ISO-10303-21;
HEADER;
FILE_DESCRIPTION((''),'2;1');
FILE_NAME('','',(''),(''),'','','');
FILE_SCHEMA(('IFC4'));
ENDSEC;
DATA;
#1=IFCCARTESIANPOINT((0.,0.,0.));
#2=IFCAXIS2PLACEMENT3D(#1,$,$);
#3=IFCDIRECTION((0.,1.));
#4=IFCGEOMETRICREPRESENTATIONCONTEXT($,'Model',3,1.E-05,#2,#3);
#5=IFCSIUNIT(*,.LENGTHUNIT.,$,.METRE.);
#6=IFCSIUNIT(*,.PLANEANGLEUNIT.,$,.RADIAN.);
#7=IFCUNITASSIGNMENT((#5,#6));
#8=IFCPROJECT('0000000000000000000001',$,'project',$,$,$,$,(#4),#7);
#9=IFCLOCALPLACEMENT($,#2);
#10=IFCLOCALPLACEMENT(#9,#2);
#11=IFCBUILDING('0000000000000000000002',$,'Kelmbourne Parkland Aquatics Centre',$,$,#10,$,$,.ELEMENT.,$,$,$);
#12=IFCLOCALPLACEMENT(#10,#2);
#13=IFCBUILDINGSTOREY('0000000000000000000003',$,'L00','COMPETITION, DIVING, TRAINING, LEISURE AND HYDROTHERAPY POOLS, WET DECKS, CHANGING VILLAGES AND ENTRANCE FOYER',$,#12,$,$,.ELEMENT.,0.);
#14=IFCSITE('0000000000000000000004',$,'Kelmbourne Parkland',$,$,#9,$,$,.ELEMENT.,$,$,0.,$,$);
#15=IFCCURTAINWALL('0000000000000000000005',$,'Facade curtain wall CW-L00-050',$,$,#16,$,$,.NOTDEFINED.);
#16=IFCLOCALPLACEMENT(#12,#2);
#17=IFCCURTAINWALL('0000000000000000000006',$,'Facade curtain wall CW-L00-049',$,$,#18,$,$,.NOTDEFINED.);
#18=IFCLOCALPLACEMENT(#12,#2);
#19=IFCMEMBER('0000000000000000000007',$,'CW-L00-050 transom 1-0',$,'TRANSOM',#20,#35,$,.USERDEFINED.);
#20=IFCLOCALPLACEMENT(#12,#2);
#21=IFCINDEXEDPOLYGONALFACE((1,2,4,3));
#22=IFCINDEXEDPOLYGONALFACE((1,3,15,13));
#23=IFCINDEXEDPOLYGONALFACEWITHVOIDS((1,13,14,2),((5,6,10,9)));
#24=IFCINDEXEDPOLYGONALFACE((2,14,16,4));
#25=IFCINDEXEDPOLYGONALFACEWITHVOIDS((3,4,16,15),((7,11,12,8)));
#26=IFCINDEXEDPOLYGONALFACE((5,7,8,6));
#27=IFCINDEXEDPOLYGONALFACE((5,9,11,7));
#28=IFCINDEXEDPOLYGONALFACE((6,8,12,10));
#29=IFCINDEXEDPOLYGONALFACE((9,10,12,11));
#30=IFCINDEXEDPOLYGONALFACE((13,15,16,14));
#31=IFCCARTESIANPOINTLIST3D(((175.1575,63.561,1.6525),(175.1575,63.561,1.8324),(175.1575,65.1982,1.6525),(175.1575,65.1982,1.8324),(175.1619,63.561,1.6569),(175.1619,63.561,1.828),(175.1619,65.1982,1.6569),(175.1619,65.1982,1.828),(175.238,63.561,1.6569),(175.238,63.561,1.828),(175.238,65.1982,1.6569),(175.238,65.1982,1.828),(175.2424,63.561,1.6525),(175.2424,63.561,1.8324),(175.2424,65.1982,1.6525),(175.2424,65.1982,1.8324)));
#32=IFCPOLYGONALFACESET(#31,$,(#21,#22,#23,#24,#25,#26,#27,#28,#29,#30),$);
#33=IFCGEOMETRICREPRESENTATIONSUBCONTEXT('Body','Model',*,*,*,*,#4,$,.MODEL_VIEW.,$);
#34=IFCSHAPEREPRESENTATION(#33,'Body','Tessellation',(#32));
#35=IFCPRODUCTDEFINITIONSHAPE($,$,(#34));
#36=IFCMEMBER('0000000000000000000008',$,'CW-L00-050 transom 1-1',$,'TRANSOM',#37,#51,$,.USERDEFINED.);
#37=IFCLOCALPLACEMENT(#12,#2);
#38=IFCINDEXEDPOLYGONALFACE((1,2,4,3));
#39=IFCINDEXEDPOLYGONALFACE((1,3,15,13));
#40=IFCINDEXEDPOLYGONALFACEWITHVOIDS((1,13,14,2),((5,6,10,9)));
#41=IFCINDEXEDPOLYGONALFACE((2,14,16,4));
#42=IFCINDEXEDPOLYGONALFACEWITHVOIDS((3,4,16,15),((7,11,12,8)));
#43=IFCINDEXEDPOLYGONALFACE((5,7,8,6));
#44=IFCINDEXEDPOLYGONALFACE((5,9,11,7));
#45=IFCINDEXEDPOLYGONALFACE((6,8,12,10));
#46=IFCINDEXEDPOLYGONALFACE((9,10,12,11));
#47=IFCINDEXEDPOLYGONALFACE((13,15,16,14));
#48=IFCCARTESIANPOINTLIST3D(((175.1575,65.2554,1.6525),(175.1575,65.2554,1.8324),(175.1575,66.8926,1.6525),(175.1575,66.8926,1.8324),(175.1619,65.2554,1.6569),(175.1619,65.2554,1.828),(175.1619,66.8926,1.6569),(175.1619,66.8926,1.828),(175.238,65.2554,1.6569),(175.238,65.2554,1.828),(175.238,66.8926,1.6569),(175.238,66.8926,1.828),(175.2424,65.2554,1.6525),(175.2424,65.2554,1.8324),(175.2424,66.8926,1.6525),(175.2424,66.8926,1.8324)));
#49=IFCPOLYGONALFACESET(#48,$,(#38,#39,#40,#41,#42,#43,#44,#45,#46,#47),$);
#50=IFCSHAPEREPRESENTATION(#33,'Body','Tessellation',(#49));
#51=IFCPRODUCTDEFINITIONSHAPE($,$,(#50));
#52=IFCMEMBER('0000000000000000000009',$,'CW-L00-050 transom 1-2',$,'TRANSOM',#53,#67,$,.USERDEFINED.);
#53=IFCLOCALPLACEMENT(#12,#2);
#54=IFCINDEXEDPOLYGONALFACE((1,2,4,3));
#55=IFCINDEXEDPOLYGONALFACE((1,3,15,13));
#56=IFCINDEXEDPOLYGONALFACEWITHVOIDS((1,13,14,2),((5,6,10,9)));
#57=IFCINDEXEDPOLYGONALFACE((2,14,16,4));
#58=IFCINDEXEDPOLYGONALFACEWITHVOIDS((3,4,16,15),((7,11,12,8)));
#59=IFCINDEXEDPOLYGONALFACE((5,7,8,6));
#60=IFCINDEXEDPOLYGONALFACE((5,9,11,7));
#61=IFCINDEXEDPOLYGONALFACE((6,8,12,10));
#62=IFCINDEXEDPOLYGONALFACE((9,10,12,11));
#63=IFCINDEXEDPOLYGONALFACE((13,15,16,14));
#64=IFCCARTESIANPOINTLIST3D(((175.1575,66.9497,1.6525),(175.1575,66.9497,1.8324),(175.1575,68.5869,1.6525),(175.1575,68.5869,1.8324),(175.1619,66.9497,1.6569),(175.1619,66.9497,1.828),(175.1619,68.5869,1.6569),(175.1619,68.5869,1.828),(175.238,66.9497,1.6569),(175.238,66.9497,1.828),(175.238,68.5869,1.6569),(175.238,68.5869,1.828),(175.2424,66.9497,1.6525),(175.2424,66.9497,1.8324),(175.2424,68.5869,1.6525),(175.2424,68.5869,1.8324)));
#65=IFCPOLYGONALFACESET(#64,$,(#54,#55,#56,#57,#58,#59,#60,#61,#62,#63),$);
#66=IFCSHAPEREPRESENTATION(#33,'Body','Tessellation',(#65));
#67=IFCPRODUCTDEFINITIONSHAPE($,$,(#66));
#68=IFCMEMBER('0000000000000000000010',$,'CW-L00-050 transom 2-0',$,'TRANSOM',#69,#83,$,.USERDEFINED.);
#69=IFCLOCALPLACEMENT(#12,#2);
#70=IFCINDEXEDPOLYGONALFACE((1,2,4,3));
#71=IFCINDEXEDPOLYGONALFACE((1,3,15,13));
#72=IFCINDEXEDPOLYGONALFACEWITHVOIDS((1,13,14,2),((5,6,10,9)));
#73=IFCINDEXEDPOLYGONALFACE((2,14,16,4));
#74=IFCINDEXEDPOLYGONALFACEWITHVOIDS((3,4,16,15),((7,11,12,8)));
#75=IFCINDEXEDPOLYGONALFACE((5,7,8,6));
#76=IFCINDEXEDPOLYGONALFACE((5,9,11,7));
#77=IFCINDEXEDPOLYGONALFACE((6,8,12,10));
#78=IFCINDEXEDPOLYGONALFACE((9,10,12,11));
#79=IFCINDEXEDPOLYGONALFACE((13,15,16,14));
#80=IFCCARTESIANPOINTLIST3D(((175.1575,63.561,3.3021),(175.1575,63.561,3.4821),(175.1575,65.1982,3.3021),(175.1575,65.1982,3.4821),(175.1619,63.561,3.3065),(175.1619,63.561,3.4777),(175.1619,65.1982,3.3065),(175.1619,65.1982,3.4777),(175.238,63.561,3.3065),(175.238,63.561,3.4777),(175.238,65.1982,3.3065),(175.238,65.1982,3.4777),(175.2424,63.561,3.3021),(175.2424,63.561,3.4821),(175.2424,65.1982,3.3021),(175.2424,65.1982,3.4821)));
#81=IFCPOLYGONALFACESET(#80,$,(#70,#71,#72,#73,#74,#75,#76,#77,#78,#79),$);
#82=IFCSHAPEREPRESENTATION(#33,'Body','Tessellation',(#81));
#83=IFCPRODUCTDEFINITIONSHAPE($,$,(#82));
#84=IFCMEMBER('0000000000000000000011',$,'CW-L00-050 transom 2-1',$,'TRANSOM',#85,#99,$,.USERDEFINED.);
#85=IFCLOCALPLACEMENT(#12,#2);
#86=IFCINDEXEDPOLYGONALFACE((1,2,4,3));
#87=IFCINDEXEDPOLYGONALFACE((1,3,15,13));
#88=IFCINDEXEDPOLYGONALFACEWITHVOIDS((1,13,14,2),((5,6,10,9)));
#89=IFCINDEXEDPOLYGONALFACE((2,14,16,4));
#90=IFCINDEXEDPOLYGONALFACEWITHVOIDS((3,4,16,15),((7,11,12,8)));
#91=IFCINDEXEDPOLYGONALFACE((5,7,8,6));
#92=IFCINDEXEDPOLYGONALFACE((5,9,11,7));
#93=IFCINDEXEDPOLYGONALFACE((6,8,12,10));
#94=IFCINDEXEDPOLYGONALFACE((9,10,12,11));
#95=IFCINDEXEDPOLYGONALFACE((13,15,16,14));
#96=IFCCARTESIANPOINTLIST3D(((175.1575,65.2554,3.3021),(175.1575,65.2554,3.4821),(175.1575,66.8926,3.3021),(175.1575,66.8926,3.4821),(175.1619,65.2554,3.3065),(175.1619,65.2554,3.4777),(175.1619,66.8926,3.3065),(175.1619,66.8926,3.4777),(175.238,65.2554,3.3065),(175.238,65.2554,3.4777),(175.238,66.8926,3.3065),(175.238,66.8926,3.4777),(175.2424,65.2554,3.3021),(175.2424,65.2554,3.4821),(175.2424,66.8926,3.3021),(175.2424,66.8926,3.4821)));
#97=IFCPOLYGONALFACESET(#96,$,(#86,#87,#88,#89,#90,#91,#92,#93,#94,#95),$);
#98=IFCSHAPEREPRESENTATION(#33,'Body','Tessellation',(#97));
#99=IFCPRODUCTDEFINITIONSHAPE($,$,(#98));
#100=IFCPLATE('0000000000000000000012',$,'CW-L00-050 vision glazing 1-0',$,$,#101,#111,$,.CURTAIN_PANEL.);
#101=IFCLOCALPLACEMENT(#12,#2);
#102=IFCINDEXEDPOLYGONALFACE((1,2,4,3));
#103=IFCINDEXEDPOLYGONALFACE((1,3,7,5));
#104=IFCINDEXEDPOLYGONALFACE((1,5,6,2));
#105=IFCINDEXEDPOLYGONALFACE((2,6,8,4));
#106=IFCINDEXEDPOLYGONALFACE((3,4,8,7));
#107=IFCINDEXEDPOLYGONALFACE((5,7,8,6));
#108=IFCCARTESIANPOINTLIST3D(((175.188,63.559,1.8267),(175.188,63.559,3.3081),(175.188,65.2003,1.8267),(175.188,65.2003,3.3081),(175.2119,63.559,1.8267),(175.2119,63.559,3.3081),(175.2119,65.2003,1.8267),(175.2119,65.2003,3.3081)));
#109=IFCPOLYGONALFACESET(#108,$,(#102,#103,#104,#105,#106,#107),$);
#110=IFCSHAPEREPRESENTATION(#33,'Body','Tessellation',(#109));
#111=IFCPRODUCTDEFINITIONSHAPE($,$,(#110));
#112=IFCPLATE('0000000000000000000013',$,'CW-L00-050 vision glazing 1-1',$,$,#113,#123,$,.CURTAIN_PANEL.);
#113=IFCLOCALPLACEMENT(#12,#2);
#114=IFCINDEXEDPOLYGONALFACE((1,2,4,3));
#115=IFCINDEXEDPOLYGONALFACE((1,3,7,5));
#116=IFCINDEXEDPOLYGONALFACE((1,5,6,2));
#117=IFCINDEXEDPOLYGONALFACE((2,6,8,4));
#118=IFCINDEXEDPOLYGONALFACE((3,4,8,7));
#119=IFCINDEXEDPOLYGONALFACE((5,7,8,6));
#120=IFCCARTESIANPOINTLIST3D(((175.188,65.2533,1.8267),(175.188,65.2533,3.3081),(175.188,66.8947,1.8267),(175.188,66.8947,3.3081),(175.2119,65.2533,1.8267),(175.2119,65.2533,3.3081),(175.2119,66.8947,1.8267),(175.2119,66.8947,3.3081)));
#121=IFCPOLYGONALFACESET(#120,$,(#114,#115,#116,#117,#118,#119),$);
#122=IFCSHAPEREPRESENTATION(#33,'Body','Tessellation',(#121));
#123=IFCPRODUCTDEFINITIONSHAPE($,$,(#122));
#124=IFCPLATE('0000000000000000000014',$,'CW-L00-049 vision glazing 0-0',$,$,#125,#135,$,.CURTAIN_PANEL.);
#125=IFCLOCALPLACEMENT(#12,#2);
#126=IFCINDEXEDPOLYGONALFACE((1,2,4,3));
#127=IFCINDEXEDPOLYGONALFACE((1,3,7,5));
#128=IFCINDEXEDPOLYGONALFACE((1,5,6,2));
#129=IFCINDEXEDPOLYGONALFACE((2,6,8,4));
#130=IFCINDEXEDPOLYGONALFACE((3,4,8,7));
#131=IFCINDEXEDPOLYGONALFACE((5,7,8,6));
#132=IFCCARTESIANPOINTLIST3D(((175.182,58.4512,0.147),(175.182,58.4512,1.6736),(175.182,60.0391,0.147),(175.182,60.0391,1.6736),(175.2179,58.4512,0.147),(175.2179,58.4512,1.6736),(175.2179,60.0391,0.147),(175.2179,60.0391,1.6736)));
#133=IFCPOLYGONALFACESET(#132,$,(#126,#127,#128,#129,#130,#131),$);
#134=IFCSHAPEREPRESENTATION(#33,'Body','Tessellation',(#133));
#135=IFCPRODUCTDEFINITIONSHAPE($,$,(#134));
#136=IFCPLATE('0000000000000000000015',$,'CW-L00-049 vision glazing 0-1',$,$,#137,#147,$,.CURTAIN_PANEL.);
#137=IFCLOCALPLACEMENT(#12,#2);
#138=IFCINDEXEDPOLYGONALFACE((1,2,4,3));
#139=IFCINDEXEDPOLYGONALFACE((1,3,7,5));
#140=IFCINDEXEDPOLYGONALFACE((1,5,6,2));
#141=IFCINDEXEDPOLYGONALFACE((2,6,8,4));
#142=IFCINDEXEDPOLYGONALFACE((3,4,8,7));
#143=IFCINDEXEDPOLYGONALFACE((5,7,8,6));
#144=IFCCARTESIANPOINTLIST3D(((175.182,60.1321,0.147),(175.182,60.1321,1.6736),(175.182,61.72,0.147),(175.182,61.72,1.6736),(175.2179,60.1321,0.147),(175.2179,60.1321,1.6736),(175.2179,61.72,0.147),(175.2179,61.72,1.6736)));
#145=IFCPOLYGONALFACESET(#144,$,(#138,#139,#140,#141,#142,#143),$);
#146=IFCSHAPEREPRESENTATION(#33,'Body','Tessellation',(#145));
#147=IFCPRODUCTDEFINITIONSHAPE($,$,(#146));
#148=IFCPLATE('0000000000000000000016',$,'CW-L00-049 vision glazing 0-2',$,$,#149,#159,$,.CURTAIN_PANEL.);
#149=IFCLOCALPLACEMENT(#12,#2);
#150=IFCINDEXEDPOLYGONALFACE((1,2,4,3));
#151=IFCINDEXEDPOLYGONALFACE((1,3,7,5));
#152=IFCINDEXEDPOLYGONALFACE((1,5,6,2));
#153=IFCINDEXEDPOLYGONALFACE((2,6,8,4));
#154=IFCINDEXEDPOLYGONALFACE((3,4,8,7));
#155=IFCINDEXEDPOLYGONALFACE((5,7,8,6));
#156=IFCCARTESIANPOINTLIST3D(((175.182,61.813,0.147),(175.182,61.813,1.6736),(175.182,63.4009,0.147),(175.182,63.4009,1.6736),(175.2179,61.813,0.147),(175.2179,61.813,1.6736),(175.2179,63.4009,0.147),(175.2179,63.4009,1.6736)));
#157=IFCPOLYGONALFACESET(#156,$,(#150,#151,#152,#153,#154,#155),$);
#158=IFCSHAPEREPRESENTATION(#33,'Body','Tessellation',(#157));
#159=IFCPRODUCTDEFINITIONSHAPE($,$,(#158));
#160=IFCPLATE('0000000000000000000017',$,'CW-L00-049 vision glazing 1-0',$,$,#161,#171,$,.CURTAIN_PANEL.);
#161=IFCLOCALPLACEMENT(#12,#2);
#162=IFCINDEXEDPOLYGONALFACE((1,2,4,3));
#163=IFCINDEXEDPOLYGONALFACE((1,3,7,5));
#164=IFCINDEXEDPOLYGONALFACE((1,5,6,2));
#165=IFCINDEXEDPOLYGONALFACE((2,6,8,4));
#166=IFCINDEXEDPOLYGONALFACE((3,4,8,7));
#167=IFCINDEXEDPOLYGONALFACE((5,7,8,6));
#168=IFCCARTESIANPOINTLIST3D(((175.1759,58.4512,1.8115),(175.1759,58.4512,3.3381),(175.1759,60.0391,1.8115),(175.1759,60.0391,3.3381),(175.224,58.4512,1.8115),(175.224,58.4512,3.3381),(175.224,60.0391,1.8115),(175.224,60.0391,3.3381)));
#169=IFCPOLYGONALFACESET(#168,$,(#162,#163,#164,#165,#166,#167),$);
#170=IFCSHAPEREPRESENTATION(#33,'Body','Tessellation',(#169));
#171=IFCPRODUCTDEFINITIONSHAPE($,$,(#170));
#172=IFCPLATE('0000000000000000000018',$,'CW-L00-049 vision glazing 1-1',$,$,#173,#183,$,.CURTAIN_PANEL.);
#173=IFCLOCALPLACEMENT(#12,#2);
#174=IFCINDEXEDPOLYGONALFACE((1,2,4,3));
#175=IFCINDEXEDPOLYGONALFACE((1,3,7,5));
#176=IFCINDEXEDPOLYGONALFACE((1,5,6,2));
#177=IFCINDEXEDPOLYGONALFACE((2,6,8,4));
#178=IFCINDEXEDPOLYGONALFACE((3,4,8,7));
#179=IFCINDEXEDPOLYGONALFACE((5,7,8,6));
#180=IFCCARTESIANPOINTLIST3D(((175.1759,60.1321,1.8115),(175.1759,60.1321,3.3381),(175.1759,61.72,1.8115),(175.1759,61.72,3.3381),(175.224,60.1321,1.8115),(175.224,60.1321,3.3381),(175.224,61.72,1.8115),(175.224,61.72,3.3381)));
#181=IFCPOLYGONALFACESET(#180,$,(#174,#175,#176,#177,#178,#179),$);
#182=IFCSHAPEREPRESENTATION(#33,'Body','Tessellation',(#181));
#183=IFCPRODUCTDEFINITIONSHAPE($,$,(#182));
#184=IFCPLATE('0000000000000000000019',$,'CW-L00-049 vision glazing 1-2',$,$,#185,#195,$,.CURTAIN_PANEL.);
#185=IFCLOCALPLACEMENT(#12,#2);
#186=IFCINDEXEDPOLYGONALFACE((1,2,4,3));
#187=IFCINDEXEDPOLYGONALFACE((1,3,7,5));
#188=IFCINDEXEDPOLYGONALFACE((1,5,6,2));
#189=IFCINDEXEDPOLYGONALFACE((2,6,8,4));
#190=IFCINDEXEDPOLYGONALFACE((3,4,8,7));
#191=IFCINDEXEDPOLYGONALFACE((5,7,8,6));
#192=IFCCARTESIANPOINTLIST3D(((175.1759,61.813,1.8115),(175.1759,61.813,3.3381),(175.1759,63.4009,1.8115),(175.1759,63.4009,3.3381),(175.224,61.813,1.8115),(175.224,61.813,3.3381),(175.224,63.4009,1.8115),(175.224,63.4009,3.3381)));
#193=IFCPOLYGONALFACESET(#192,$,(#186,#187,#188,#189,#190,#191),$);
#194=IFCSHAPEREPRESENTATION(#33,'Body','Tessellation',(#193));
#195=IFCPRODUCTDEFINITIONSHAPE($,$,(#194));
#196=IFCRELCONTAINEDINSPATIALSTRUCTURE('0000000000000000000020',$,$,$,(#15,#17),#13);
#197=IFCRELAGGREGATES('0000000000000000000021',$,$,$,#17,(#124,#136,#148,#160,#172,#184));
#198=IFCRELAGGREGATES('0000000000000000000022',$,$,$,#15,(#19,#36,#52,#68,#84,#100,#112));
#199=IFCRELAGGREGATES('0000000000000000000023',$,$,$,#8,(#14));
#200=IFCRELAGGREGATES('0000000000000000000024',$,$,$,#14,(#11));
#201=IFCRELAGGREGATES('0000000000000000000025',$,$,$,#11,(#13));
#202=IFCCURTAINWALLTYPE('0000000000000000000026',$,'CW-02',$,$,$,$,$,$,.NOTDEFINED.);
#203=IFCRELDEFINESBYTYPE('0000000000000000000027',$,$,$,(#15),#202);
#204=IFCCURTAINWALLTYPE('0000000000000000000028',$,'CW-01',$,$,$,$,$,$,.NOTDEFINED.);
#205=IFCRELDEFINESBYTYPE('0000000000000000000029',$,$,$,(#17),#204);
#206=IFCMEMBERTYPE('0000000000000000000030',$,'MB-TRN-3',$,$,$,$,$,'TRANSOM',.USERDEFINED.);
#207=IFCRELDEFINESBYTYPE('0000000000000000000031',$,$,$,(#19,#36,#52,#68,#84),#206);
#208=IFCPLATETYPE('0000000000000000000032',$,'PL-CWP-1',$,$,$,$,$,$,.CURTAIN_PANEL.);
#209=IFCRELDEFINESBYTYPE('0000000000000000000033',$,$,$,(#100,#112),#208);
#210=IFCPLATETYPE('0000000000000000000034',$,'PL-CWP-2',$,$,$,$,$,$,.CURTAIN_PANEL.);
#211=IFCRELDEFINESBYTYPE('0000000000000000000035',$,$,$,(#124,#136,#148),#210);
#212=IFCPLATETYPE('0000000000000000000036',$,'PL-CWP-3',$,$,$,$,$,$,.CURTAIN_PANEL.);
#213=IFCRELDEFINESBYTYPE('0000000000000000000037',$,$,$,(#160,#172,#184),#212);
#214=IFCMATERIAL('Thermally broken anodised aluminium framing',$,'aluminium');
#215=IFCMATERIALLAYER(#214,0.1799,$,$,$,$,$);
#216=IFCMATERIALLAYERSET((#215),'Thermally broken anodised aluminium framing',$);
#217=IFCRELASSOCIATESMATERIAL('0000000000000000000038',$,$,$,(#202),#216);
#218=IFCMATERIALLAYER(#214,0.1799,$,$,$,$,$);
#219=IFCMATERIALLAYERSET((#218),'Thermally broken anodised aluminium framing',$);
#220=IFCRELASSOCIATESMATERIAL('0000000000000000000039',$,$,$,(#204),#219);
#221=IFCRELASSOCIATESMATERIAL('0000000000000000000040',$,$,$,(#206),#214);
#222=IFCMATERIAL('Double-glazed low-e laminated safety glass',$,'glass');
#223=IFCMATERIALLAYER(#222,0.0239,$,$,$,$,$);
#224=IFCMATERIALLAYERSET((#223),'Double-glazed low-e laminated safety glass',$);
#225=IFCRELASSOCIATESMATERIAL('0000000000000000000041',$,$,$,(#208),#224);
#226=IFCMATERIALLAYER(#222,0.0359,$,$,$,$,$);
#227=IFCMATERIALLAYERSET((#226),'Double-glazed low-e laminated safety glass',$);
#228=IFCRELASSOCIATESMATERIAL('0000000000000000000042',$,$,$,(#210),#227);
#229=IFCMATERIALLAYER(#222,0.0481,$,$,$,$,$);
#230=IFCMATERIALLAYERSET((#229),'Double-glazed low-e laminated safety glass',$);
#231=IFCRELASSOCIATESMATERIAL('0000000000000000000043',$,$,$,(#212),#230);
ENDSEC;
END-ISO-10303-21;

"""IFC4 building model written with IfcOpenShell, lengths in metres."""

from ifc_helpers import new_model, si_unit, direction, frame, origin, origin_2d, place, context, subcontext, project, spatial, rectangle, hollow_rectangle, extrude, material, layer, layer_set, material_profile, profile_set, type_object, element, aggregate, save


model = new_model("IFC4")

# Units and contexts
model_context = context("Model", 3, precision=1e-05, world=origin(), true_north=direction((0.0, 1.0)))
body_context = subcontext(model_context, "Body", "Model", "MODEL_VIEW")
ifc_project = project(units=[si_unit("LENGTHUNIT", "METRE"), si_unit("PLANEANGLEUNIT", "RADIAN")], contexts=[model_context])

# Site, building, storey
site_placement = place(None, origin())
site = spatial("IfcSite", under=ifc_project, at=site_placement, Name="Kelmbourne Parkland", CompositionType="ELEMENT", RefElevation=0.0)
building_placement = place(site_placement, origin())
building = spatial("IfcBuilding", under=site, at=building_placement, Name="Kelmbourne Parkland Aquatics Centre", CompositionType="ELEMENT")
storey_placement = place(building_placement, origin())
storey = spatial("IfcBuildingStorey", under=building, at=storey_placement, Name="L00", Description="COMPETITION, DIVING, TRAINING, LEISURE AND HYDROTHERAPY POOLS, WET DECKS, CHANGING VILLAGES AND ENTRANCE FOYER", CompositionType="ELEMENT", Elevation=0.0)

# Curtain walls
ifc_material_1 = material(Name="Thermally broken anodised aluminium framing", Category="aluminium")
ifc_layer_1 = layer(ifc_material_1, 0.1799)
ifc_layer_set_1 = layer_set([ifc_layer_1], Name="Thermally broken anodised aluminium framing")
curtain_wall_type_1 = type_object("IfcCurtainWallType", Name="CW-02", PredefinedType="NOTDEFINED", material=ifc_layer_set_1)
curtain_wall_1_placement = place(storey_placement, origin())
curtain_wall_1 = element("IfcCurtainWall", 1, at=curtain_wall_1_placement, inside=storey, type_object=curtain_wall_type_1, Name="Facade curtain wall CW-L00-050", PredefinedType="NOTDEFINED")
ifc_layer_2 = layer(ifc_material_1, 0.1799)
ifc_layer_set_2 = layer_set([ifc_layer_2], Name="Thermally broken anodised aluminium framing")
curtain_wall_type_2 = type_object("IfcCurtainWallType", Name="CW-01", PredefinedType="NOTDEFINED", material=ifc_layer_set_2)
curtain_wall_2_placement = place(storey_placement, origin())
curtain_wall_2 = element("IfcCurtainWall", 2, at=curtain_wall_2_placement, inside=storey, type_object=curtain_wall_type_2, Name="Facade curtain wall CW-L00-049", PredefinedType="NOTDEFINED")

# Members
ifc_material_profile_1 = material_profile(ifc_material_1, hollow_rectangle(XDim=0.085, YDim=0.1799, WallThickness=0.0044, at=origin_2d()), Name="CW-T 85x180")
ifc_profile_set_1 = profile_set([ifc_material_profile_1], Name="Thermally broken anodised aluminium framing")
member_type_1 = type_object("IfcMemberType", Name="MB-TRN-3", ElementType="TRANSOM", PredefinedType="USERDEFINED", material=ifc_profile_set_1)
member_1_placement = place(storey_placement, frame((175.2, 63.561, 1.7424), z_axis=(0.0, 1.0, 0.0), x_axis=(-1.0, 0.0, 0.0)))
member_1 = element("IfcMember", 3, at=member_1_placement, type_object=member_type_1, Name="CW-L00-050 transom 1-0", ObjectType="TRANSOM", PredefinedType="USERDEFINED", context=body_context, shape_type="SweptSolid", body=[
    extrude(hollow_rectangle(XDim=0.085, YDim=0.1799, WallThickness=0.0044, at=origin_2d()), origin(), (0.0, 0.0, 1.0), 1.6372),
])
member_2_placement = place(storey_placement, frame((175.2, 65.2554, 1.7424), z_axis=(0.0, 1.0, 0.0), x_axis=(-1.0, 0.0, 0.0)))
member_2 = element("IfcMember", 4, at=member_2_placement, type_object=member_type_1, Name="CW-L00-050 transom 1-1", ObjectType="TRANSOM", PredefinedType="USERDEFINED", context=body_context, shape_type="SweptSolid", body=[
    extrude(hollow_rectangle(XDim=0.085, YDim=0.1799, WallThickness=0.0044, at=origin_2d()), origin(), (0.0, 0.0, 1.0), 1.6372),
])
member_3_placement = place(storey_placement, frame((175.2, 66.9497, 1.7424), z_axis=(0.0, 1.0, 0.0), x_axis=(-1.0, 0.0, 0.0)))
member_3 = element("IfcMember", 5, at=member_3_placement, type_object=member_type_1, Name="CW-L00-050 transom 1-2", ObjectType="TRANSOM", PredefinedType="USERDEFINED", context=body_context, shape_type="SweptSolid", body=[
    extrude(hollow_rectangle(XDim=0.085, YDim=0.1799, WallThickness=0.0044, at=origin_2d()), origin(), (0.0, 0.0, 1.0), 1.6372),
])
member_4_placement = place(storey_placement, frame((175.2, 63.561, 3.3921), z_axis=(0.0, 1.0, 0.0), x_axis=(-1.0, 0.0, 0.0)))
member_4 = element("IfcMember", 6, at=member_4_placement, type_object=member_type_1, Name="CW-L00-050 transom 2-0", ObjectType="TRANSOM", PredefinedType="USERDEFINED", context=body_context, shape_type="SweptSolid", body=[
    extrude(hollow_rectangle(XDim=0.085, YDim=0.1799, WallThickness=0.0044, at=origin_2d()), origin(), (0.0, 0.0, 1.0), 1.6372),
])
member_5_placement = place(storey_placement, frame((175.2, 65.2554, 3.3921), z_axis=(0.0, 1.0, 0.0), x_axis=(-1.0, 0.0, 0.0)))
member_5 = element("IfcMember", 7, at=member_5_placement, type_object=member_type_1, Name="CW-L00-050 transom 2-1", ObjectType="TRANSOM", PredefinedType="USERDEFINED", context=body_context, shape_type="SweptSolid", body=[
    extrude(hollow_rectangle(XDim=0.085, YDim=0.1799, WallThickness=0.0044, at=origin_2d()), origin(), (0.0, 0.0, 1.0), 1.6372),
])

# Plates
ifc_material_2 = material(Name="Double-glazed low-e laminated safety glass", Category="glass")
ifc_layer_3 = layer(ifc_material_2, 0.0239)
ifc_layer_set_3 = layer_set([ifc_layer_3], Name="Double-glazed low-e laminated safety glass")
plate_type_1 = type_object("IfcPlateType", Name="PL-CWP-1", PredefinedType="CURTAIN_PANEL", material=ifc_layer_set_3)
plate_1_placement = place(storey_placement, frame((175.2, 64.3796, 1.8267), z_axis=(0.0, 0.0, 1.0), x_axis=(0.0, 1.0, 0.0)))
plate_1 = element("IfcPlate", 8, at=plate_1_placement, type_object=plate_type_1, Name="CW-L00-050 vision glazing 1-0", PredefinedType="CURTAIN_PANEL", context=body_context, shape_type="SweptSolid", body=[
    extrude(rectangle(XDim=1.6414, YDim=0.0239, at=origin_2d()), origin(), (0.0, 0.0, 1.0), 1.4814),
])
plate_2_placement = place(storey_placement, frame((175.2, 66.074, 1.8267), z_axis=(0.0, 0.0, 1.0), x_axis=(0.0, 1.0, 0.0)))
plate_2 = element("IfcPlate", 9, at=plate_2_placement, type_object=plate_type_1, Name="CW-L00-050 vision glazing 1-1", PredefinedType="CURTAIN_PANEL", context=body_context, shape_type="SweptSolid", body=[
    extrude(rectangle(XDim=1.6414, YDim=0.0239, at=origin_2d()), origin(), (0.0, 0.0, 1.0), 1.4814),
])
ifc_layer_4 = layer(ifc_material_2, 0.0359)
ifc_layer_set_4 = layer_set([ifc_layer_4], Name="Double-glazed low-e laminated safety glass")
plate_type_2 = type_object("IfcPlateType", Name="PL-CWP-2", PredefinedType="CURTAIN_PANEL", material=ifc_layer_set_4)
plate_3_placement = place(storey_placement, frame((175.2, 59.2451, 0.147), z_axis=(0.0, 0.0, 1.0), x_axis=(0.0, 1.0, 0.0)))
plate_3 = element("IfcPlate", 10, at=plate_3_placement, type_object=plate_type_2, Name="CW-L00-049 vision glazing 0-0", PredefinedType="CURTAIN_PANEL", context=body_context, shape_type="SweptSolid", body=[
    extrude(rectangle(XDim=1.5879, YDim=0.0359, at=origin_2d()), origin(), (0.0, 0.0, 1.0), 1.5266),
])
plate_4_placement = place(storey_placement, frame((175.2, 60.926, 0.147), z_axis=(0.0, 0.0, 1.0), x_axis=(0.0, 1.0, 0.0)))
plate_4 = element("IfcPlate", 11, at=plate_4_placement, type_object=plate_type_2, Name="CW-L00-049 vision glazing 0-1", PredefinedType="CURTAIN_PANEL", context=body_context, shape_type="SweptSolid", body=[
    extrude(rectangle(XDim=1.5879, YDim=0.0359, at=origin_2d()), origin(), (0.0, 0.0, 1.0), 1.5266),
])
plate_5_placement = place(storey_placement, frame((175.2, 62.6069, 0.147), z_axis=(0.0, 0.0, 1.0), x_axis=(0.0, 1.0, 0.0)))
plate_5 = element("IfcPlate", 12, at=plate_5_placement, type_object=plate_type_2, Name="CW-L00-049 vision glazing 0-2", PredefinedType="CURTAIN_PANEL", context=body_context, shape_type="SweptSolid", body=[
    extrude(rectangle(XDim=1.5879, YDim=0.0359, at=origin_2d()), origin(), (0.0, 0.0, 1.0), 1.5266),
])
ifc_layer_5 = layer(ifc_material_2, 0.0481)
ifc_layer_set_5 = layer_set([ifc_layer_5], Name="Double-glazed low-e laminated safety glass")
plate_type_3 = type_object("IfcPlateType", Name="PL-CWP-3", PredefinedType="CURTAIN_PANEL", material=ifc_layer_set_5)
plate_6_placement = place(storey_placement, frame((175.2, 59.2451, 1.8115), z_axis=(0.0, 0.0, 1.0), x_axis=(0.0, 1.0, 0.0)))
plate_6 = element("IfcPlate", 13, at=plate_6_placement, type_object=plate_type_3, Name="CW-L00-049 vision glazing 1-0", PredefinedType="CURTAIN_PANEL", context=body_context, shape_type="SweptSolid", body=[
    extrude(rectangle(XDim=1.5879, YDim=0.0481, at=origin_2d()), origin(), (0.0, 0.0, 1.0), 1.5266),
])
plate_7_placement = place(storey_placement, frame((175.2, 60.926, 1.8115), z_axis=(0.0, 0.0, 1.0), x_axis=(0.0, 1.0, 0.0)))
plate_7 = element("IfcPlate", 14, at=plate_7_placement, type_object=plate_type_3, Name="CW-L00-049 vision glazing 1-1", PredefinedType="CURTAIN_PANEL", context=body_context, shape_type="SweptSolid", body=[
    extrude(rectangle(XDim=1.5879, YDim=0.0481, at=origin_2d()), origin(), (0.0, 0.0, 1.0), 1.5266),
])
plate_8_placement = place(storey_placement, frame((175.2, 62.6069, 1.8115), z_axis=(0.0, 0.0, 1.0), x_axis=(0.0, 1.0, 0.0)))
plate_8 = element("IfcPlate", 15, at=plate_8_placement, type_object=plate_type_3, Name="CW-L00-049 vision glazing 1-2", PredefinedType="CURTAIN_PANEL", context=body_context, shape_type="SweptSolid", body=[
    extrude(rectangle(XDim=1.5879, YDim=0.0481, at=origin_2d()), origin(), (0.0, 0.0, 1.0), 1.5266),
])
aggregate(curtain_wall_2, [plate_3, plate_4, plate_5, plate_6, plate_7, plate_8])
aggregate(curtain_wall_1, [member_1, member_2, member_3, member_4, member_5, plate_1, plate_2])

save(model, "model.ifc")
